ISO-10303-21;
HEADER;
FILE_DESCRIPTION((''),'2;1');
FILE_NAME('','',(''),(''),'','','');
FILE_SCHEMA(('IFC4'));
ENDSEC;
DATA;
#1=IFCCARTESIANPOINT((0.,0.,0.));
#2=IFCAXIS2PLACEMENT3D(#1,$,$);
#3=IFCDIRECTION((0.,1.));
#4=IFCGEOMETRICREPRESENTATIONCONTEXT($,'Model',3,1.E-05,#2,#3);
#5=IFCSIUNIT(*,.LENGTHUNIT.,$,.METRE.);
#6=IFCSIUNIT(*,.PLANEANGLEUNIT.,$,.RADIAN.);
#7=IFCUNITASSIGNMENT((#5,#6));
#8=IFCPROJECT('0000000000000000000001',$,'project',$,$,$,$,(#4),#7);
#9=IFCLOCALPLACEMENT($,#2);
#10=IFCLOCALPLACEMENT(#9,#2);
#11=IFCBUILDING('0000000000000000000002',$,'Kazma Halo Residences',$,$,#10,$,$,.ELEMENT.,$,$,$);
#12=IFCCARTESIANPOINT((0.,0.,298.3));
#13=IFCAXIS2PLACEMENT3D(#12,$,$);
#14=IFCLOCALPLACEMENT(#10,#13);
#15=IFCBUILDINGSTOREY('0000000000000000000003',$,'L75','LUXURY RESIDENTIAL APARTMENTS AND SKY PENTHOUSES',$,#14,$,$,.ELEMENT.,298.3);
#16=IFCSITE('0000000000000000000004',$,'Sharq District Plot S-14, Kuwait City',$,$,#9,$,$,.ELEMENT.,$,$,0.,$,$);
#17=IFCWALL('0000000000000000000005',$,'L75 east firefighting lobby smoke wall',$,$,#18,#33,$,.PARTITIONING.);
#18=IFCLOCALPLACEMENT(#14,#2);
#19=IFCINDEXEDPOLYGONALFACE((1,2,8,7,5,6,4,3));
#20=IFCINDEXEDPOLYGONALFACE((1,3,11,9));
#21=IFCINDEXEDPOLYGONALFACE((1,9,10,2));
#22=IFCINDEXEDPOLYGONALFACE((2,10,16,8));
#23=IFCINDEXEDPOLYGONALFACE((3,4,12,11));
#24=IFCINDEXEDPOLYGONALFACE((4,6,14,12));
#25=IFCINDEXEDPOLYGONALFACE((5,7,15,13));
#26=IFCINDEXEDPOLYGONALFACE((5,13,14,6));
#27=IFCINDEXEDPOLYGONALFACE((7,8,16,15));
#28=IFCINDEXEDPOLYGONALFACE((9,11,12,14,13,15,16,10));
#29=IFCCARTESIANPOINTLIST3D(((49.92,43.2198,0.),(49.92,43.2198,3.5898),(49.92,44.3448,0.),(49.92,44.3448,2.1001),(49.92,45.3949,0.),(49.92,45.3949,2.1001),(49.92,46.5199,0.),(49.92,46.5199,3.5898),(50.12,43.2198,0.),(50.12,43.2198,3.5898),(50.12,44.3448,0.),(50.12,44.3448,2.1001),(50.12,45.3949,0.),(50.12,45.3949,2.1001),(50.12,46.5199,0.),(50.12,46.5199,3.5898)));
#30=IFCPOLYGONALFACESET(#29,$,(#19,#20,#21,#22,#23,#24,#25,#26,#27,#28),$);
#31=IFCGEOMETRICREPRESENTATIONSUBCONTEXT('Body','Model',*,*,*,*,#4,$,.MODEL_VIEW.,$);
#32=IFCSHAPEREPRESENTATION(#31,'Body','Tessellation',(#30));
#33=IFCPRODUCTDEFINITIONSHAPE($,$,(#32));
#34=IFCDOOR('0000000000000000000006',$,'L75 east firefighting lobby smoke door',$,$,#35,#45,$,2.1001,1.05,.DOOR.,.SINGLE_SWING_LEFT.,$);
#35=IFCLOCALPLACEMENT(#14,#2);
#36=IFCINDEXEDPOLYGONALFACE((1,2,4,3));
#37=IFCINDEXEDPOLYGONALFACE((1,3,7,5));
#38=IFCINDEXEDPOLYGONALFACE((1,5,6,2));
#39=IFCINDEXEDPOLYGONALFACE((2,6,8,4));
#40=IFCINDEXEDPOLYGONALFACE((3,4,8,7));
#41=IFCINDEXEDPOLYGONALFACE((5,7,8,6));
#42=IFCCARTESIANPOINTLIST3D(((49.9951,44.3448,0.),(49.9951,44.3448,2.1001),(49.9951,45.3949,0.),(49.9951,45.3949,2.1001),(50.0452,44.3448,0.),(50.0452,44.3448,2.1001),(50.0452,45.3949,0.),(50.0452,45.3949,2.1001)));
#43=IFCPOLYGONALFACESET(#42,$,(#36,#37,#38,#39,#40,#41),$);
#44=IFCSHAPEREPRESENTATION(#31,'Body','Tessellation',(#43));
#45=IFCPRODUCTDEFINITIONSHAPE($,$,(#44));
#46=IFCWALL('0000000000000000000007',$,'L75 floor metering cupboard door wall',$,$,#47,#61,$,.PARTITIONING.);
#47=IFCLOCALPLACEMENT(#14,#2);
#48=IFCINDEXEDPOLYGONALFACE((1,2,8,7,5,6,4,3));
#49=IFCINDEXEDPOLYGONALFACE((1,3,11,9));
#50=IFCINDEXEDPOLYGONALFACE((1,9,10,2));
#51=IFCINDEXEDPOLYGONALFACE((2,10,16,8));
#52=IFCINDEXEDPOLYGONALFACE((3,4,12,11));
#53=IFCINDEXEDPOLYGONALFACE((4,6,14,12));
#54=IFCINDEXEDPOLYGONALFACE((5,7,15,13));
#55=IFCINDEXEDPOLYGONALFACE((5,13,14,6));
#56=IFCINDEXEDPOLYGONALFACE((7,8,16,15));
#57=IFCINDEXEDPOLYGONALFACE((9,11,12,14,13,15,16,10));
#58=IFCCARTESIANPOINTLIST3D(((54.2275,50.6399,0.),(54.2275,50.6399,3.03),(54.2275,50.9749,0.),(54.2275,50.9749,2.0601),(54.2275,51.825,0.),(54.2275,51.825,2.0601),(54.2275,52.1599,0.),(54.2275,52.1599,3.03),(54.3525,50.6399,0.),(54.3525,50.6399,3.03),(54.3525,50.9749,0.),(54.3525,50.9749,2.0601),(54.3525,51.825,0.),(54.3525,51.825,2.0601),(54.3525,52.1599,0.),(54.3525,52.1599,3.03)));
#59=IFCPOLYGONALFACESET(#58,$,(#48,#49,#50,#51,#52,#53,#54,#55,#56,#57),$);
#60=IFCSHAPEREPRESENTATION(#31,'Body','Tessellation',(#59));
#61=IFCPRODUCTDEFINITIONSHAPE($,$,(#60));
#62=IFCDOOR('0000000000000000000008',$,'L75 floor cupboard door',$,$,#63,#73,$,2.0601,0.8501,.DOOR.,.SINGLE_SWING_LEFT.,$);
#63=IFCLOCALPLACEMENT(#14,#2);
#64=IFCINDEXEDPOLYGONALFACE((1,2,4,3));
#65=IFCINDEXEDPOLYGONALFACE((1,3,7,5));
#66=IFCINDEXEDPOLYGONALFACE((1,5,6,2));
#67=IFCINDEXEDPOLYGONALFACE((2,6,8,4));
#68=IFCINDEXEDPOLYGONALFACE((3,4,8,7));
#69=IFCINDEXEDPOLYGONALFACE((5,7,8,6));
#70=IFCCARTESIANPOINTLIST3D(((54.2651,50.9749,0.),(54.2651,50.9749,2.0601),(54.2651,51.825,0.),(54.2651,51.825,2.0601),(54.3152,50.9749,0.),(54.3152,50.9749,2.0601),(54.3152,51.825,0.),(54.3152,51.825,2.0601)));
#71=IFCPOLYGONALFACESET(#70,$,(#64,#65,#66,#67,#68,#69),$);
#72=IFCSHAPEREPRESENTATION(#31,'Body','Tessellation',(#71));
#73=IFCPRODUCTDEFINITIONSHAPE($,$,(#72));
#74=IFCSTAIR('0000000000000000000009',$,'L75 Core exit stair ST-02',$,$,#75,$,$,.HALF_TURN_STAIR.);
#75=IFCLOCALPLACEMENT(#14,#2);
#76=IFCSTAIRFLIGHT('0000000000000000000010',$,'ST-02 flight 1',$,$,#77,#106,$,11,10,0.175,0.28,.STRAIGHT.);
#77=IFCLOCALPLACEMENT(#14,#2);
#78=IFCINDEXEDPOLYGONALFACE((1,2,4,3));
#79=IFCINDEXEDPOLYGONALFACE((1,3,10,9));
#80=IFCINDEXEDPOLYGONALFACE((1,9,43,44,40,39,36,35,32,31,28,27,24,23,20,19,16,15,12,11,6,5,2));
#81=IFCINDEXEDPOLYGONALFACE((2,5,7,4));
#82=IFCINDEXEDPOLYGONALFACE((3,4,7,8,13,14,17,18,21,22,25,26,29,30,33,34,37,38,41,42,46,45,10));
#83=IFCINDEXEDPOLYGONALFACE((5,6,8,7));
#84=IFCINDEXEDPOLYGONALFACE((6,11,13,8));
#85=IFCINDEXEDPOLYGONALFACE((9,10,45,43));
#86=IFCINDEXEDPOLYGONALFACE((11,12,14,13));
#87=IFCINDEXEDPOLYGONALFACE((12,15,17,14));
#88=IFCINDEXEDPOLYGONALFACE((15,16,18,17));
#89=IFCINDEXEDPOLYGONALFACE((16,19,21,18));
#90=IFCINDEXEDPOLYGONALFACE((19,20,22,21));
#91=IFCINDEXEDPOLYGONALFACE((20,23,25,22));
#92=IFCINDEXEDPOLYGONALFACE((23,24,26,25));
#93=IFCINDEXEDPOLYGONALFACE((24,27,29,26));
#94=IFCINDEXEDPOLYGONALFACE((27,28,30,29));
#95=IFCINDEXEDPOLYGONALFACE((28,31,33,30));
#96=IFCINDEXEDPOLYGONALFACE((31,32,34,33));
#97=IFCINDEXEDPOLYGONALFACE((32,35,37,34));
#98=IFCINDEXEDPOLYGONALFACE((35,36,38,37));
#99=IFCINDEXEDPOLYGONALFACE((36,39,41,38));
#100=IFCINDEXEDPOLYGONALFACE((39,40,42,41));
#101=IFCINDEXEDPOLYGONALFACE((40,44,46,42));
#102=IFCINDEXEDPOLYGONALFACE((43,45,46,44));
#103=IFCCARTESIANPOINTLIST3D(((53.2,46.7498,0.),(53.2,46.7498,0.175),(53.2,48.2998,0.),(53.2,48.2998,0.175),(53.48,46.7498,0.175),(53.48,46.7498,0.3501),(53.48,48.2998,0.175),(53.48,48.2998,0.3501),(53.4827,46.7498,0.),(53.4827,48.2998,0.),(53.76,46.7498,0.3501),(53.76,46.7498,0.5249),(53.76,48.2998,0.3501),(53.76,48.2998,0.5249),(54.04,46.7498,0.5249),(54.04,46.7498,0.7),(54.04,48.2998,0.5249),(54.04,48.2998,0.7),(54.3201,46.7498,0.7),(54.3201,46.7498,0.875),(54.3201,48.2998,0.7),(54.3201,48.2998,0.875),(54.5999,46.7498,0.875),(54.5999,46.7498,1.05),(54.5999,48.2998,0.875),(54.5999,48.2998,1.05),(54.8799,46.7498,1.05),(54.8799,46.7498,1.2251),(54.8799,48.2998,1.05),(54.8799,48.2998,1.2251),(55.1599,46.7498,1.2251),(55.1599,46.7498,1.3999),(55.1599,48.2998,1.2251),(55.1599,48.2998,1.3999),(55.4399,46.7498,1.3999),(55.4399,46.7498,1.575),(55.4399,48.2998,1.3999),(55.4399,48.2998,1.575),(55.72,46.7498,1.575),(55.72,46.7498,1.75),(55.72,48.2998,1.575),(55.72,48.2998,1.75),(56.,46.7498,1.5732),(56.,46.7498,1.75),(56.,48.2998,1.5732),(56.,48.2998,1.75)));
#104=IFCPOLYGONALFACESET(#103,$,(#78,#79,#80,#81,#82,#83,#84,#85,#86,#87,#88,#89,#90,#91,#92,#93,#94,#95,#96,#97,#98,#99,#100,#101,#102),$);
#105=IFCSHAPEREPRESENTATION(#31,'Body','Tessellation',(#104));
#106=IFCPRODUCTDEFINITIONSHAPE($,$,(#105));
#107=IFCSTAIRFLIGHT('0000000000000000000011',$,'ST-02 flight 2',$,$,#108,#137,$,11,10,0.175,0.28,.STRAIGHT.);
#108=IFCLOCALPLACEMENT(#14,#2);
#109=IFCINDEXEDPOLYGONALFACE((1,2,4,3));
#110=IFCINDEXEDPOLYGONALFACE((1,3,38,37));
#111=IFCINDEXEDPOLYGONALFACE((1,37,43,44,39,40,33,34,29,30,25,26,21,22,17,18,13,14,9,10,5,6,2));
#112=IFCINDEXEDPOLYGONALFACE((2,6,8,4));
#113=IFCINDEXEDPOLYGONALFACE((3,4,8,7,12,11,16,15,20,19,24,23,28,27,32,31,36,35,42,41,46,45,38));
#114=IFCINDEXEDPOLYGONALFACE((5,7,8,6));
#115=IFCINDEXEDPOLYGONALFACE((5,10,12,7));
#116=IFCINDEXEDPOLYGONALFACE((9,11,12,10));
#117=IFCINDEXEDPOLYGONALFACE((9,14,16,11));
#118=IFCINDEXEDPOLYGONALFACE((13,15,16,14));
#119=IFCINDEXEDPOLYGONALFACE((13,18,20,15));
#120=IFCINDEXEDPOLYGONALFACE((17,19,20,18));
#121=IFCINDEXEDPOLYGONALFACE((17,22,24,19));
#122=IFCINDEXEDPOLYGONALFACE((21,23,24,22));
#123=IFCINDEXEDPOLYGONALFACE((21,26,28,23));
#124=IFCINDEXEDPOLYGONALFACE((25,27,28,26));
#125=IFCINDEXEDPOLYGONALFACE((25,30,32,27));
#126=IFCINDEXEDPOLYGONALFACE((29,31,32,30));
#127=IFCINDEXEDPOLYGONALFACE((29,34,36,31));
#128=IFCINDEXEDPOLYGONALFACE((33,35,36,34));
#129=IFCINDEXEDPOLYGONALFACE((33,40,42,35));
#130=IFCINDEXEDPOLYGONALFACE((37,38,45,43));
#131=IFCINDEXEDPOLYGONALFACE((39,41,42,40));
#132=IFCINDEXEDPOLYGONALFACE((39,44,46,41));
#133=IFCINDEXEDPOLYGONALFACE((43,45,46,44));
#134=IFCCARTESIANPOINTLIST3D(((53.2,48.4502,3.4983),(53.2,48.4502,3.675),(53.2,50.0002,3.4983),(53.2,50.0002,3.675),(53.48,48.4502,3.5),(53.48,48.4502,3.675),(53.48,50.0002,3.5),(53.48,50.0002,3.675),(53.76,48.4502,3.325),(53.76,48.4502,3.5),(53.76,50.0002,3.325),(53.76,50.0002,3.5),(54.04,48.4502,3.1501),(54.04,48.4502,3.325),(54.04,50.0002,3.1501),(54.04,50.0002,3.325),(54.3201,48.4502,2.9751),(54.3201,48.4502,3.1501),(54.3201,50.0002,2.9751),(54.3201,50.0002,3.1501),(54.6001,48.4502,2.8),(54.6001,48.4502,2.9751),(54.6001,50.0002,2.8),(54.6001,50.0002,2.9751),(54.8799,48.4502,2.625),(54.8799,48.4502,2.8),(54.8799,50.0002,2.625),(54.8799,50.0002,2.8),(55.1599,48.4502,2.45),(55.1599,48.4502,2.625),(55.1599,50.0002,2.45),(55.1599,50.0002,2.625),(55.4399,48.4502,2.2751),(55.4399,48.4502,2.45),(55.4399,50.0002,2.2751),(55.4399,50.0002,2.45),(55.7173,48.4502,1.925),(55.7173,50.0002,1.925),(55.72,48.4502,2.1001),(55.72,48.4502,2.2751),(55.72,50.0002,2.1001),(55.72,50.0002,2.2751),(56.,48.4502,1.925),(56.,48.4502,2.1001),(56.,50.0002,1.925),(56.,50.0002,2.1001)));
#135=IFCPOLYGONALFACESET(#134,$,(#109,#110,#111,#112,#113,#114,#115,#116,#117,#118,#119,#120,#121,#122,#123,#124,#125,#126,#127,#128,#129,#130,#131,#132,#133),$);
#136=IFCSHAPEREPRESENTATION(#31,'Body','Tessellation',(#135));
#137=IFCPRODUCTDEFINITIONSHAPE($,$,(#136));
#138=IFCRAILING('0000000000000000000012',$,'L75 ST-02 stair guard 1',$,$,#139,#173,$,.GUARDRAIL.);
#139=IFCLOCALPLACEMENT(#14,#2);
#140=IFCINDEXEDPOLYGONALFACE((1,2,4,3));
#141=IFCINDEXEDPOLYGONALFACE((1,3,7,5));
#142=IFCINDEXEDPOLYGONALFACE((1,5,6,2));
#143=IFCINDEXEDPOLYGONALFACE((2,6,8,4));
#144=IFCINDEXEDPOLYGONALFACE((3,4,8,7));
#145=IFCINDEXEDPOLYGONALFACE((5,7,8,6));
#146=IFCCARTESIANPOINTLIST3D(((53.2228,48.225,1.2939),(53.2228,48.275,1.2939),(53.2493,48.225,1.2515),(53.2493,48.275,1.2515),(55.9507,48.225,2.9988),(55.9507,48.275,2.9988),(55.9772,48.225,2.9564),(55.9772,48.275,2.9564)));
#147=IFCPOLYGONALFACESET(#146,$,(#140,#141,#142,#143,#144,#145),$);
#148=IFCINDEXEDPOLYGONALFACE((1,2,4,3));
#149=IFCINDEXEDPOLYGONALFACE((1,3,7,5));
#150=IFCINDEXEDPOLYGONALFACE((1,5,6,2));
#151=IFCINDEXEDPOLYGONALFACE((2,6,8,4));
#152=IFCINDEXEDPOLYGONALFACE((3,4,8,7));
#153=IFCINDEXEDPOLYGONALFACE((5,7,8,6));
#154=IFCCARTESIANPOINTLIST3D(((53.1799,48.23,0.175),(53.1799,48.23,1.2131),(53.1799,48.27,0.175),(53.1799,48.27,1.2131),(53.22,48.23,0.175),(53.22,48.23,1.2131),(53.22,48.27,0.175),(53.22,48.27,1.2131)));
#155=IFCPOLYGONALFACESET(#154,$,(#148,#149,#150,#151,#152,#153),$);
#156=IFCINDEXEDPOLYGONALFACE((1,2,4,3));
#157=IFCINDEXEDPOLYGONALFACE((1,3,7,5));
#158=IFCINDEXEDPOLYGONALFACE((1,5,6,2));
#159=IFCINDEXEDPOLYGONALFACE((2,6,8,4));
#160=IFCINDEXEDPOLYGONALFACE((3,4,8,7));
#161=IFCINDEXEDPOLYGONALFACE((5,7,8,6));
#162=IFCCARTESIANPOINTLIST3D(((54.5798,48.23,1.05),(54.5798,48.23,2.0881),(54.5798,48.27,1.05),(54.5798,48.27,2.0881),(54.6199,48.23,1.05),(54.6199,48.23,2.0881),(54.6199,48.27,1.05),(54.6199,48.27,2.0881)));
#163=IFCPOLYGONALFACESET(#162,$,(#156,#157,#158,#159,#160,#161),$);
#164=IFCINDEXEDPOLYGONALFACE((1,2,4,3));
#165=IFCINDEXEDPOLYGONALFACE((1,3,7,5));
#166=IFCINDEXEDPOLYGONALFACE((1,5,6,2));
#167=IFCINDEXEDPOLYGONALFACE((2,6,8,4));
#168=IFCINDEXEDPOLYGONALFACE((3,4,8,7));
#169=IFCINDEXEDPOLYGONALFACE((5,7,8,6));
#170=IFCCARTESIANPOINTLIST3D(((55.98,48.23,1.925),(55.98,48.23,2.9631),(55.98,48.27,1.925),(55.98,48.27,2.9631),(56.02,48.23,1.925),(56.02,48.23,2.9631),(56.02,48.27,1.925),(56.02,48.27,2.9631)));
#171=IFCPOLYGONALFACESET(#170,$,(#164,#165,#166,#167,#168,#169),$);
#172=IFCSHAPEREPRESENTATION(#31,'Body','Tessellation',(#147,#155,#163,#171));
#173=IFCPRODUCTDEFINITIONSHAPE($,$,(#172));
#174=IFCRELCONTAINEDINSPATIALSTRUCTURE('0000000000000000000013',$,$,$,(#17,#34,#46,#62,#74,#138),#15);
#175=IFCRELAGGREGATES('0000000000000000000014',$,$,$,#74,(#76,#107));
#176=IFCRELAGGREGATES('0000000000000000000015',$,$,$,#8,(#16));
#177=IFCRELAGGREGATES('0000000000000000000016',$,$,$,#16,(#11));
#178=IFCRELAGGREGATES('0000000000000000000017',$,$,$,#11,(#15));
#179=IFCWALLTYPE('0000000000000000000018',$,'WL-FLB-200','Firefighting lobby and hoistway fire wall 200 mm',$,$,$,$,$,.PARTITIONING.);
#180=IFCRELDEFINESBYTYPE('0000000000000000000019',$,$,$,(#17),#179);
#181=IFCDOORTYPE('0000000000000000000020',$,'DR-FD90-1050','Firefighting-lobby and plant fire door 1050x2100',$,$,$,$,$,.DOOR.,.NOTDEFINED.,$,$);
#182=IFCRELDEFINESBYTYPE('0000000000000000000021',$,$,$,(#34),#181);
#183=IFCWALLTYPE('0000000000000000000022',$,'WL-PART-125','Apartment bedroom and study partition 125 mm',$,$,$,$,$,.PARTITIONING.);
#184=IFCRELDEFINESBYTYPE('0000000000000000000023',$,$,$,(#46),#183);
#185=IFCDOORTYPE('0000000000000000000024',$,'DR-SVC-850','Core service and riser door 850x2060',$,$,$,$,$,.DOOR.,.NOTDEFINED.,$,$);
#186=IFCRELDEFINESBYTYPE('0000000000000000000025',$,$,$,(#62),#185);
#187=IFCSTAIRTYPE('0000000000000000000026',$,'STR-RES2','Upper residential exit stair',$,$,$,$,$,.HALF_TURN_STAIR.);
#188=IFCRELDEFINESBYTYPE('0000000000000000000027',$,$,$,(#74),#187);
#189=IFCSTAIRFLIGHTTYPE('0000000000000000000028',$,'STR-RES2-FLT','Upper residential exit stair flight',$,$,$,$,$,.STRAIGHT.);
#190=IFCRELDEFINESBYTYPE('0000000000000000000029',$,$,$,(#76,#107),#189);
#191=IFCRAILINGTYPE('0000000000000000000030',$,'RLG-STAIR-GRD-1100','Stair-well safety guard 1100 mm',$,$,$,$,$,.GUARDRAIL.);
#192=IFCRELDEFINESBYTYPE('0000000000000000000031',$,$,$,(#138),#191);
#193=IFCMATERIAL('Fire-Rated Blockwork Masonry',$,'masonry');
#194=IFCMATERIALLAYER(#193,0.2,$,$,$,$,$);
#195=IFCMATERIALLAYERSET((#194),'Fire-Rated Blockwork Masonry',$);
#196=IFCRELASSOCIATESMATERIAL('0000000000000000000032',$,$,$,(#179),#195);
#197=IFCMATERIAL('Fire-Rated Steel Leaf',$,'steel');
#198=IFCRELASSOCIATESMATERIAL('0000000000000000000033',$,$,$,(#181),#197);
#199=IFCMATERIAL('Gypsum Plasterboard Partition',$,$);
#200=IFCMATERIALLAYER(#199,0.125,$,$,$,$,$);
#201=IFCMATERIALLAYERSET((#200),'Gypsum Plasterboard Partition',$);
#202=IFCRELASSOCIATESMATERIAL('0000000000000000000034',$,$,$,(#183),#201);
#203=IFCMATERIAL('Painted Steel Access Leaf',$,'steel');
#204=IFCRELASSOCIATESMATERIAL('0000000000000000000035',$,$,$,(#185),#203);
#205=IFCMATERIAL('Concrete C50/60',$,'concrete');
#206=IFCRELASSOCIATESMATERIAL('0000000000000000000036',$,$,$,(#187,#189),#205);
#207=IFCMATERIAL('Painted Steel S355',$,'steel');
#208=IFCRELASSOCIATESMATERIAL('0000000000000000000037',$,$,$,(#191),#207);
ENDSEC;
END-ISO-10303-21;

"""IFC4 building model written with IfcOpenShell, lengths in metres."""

from ifc_helpers import new_model, si_unit, direction, frame, frame_2d, origin, origin_2d, place, context, subcontext, project, spatial, polyline, rectangle, outline, extrude, material, layer, layer_set, type_object, element, fill, aggregate, save


model = new_model("IFC4")

# Units and contexts
model_context = context("Model", 3, precision=1e-05, world=origin(), true_north=direction((0.0, 1.0)))
body_context = subcontext(model_context, "Body", "Model", "MODEL_VIEW")
ifc_project = project(units=[si_unit("LENGTHUNIT", "METRE"), si_unit("PLANEANGLEUNIT", "RADIAN")], contexts=[model_context])

# Site, building, storey
site_placement = place(None, origin())
site = spatial("IfcSite", under=ifc_project, at=site_placement, Name="Sharq District Plot S-14, Kuwait City", CompositionType="ELEMENT", RefElevation=0.0)
building_placement = place(site_placement, origin())
building = spatial("IfcBuilding", under=site, at=building_placement, Name="Kazma Halo Residences", CompositionType="ELEMENT")
storey_placement = place(building_placement, frame((0.0, 0.0, 298.3)))
storey = spatial("IfcBuildingStorey", under=building, at=storey_placement, Name="L75", Description="LUXURY RESIDENTIAL APARTMENTS AND SKY PENTHOUSES", CompositionType="ELEMENT", Elevation=298.3)

# Shared definitions
ifc_material_1 = material(Name="Fire-Rated Blockwork Masonry", Category="masonry")
ifc_layer_1 = layer(ifc_material_1, 0.2)
ifc_layer_set_1 = layer_set([ifc_layer_1], Name="Fire-Rated Blockwork Masonry")
wall_type_1 = type_object("IfcWallType", Name="WL-FLB-200", Description="Firefighting lobby and hoistway fire wall 200 mm", PredefinedType="PARTITIONING", material=ifc_layer_set_1)

# Walls, openings, doors
wall_1_placement = place(storey_placement, frame((50.02, 43.22, 0.0), z_axis=(0.0, 0.0, 1.0), x_axis=(0.0, 1.0, 0.0)))
wall_1 = element("IfcWall", 1, at=wall_1_placement, inside=storey, type_object=wall_type_1, Name="L75 east firefighting lobby smoke wall", PredefinedType="PARTITIONING", context=body_context, shape_type="SweptSolid", body=[
    extrude(rectangle(XDim=3.3, YDim=0.2, at=frame_2d((1.6499, 0.0))), origin(), (0.0, 0.0, 1.0), 3.5898),
])
opening_1_placement = place(wall_1_placement, frame((1.125, 0.0, 0.0)))
opening_1 = element("IfcOpeningElement", 2, at=opening_1_placement, cuts=wall_1, PredefinedType="OPENING", context=body_context, shape_type="SweptSolid", body=[
    extrude(rectangle(XDim=1.05, YDim=2.1001, at=frame_2d((0.5249, 1.05))), frame((0.0, 0.1099, 0.0), z_axis=(0.0, -1.0, 0.0), x_axis=(1.0, 0.0, 0.0)), (0.0, 0.0, 1.0), 0.22),
])
ifc_material_2 = material(Name="Fire-Rated Steel Leaf", Category="steel")
door_type_1 = type_object("IfcDoorType", Name="DR-FD90-1050", Description="Firefighting-lobby and plant fire door 1050x2100", OperationType="NOTDEFINED", PredefinedType="DOOR", material=ifc_material_2)
door_1_placement = place(opening_1_placement, origin())
door_1 = element("IfcDoor", 3, at=door_1_placement, inside=storey, type_object=door_type_1, Name="L75 east firefighting lobby smoke door", OperationType="SINGLE_SWING_LEFT", OverallHeight=2.1001, OverallWidth=1.05, PredefinedType="DOOR", context=body_context, shape_type="SweptSolid", body=[
    extrude(rectangle(XDim=1.05, YDim=2.1001, at=frame_2d((0.5249, 1.05))), frame((0.0, 0.0249, 0.0), z_axis=(0.0, -1.0, 0.0), x_axis=(1.0, 0.0, 0.0)), (0.0, 0.0, 1.0), 0.05),
])
fill(opening_1, door_1)
ifc_material_3 = material(Name="Gypsum Plasterboard Partition")
ifc_layer_2 = layer(ifc_material_3, 0.125)
ifc_layer_set_2 = layer_set([ifc_layer_2], Name="Gypsum Plasterboard Partition")
wall_type_2 = type_object("IfcWallType", Name="WL-PART-125", Description="Apartment bedroom and study partition 125 mm", PredefinedType="PARTITIONING", material=ifc_layer_set_2)
wall_2_placement = place(storey_placement, frame((54.29, 50.6399, 0.0), z_axis=(0.0, 0.0, 1.0), x_axis=(0.0, 1.0, 0.0)))
wall_2 = element("IfcWall", 4, at=wall_2_placement, inside=storey, type_object=wall_type_2, Name="L75 floor metering cupboard door wall", PredefinedType="PARTITIONING", context=body_context, shape_type="SweptSolid", body=[
    extrude(rectangle(XDim=1.52, YDim=0.125, at=frame_2d((0.76, 0.0))), origin(), (0.0, 0.0, 1.0), 3.03),
])
opening_2_placement = place(wall_2_placement, frame((0.335, 0.0, 0.0)))
opening_2 = element("IfcOpeningElement", 5, at=opening_2_placement, cuts=wall_2, PredefinedType="OPENING", context=body_context, shape_type="SweptSolid", body=[
    extrude(rectangle(XDim=0.8501, YDim=2.0601, at=frame_2d((0.425, 1.03))), frame((0.0, 0.0725, 0.0), z_axis=(0.0, -1.0, 0.0), x_axis=(1.0, 0.0, 0.0)), (0.0, 0.0, 1.0), 0.145),
])
ifc_material_4 = material(Name="Painted Steel Access Leaf", Category="steel")
door_type_2 = type_object("IfcDoorType", Name="DR-SVC-850", Description="Core service and riser door 850x2060", OperationType="NOTDEFINED", PredefinedType="DOOR", material=ifc_material_4)
door_2_placement = place(opening_2_placement, origin())
door_2 = element("IfcDoor", 6, at=door_2_placement, inside=storey, type_object=door_type_2, Name="L75 floor cupboard door", OperationType="SINGLE_SWING_LEFT", OverallHeight=2.0601, OverallWidth=0.8501, PredefinedType="DOOR", context=body_context, shape_type="SweptSolid", body=[
    extrude(rectangle(XDim=0.8501, YDim=2.0601, at=frame_2d((0.425, 1.03))), frame((0.0, 0.0249, 0.0), z_axis=(0.0, -1.0, 0.0), x_axis=(1.0, 0.0, 0.0)), (0.0, 0.0, 1.0), 0.05),
])
fill(opening_2, door_2)
ifc_material_5 = material(Name="Concrete C50/60", Category="concrete")

# Stair, stair flights
stair_type = type_object("IfcStairType", Name="STR-RES2", Description="Upper residential exit stair", PredefinedType="HALF_TURN_STAIR", material=ifc_material_5)
stair_placement = place(storey_placement, origin())
stair = element("IfcStair", 7, at=stair_placement, inside=storey, type_object=stair_type, Name="L75 Core exit stair ST-02", PredefinedType="HALF_TURN_STAIR")
stair_flight_type = type_object("IfcStairFlightType", Name="STR-RES2-FLT", Description="Upper residential exit stair flight", PredefinedType="STRAIGHT", material=ifc_material_5)
stair_flight_1_placement = place(storey_placement, frame((53.2, 47.5249, 0.0), z_axis=(0.0, 0.0, 1.0), x_axis=(1.0, 0.0, 0.0)))
stair_flight_1 = element("IfcStairFlight", 8, at=stair_flight_1_placement, type_object=stair_flight_type, Name="ST-02 flight 1", NumberOfRisers=11, NumberOfTreads=10, PredefinedType="STRAIGHT", RiserHeight=0.175, TreadLength=0.28, context=body_context, shape_type="SweptSolid", body=[
    extrude(outline(polyline([(0.0, 0.0), (0.0, 0.175), (0.28, 0.175), (0.28, 0.3501), (0.5601, 0.3501), (0.5601, 0.5249), (0.8401, 0.5249), (0.8401, 0.7), (1.1201, 0.7), (1.1201, 0.875), (1.3999, 0.875), (1.3999, 1.05), (1.6799, 1.05), (1.6799, 1.2251), (1.96, 1.2251), (1.96, 1.3999), (2.24, 1.3999), (2.24, 1.575), (2.52, 1.575), (2.52, 1.75), (2.8, 1.75), (2.8, 1.925), (2.8, 1.5732), (0.2827, 0.0), (0.0, 0.0)])), frame((0.0, 0.7749, 0.0), z_axis=(0.0, -1.0, 0.0), x_axis=(1.0, 0.0, 0.0)), (0.0, 0.0, 1.0), 1.55),
])
stair_flight_2_placement = place(storey_placement, frame((56.0, 49.2251, 1.925), z_axis=(0.0, 0.0, 1.0), x_axis=(-1.0, 0.0, 0.0)))
stair_flight_2 = element("IfcStairFlight", 9, at=stair_flight_2_placement, type_object=stair_flight_type, Name="ST-02 flight 2", NumberOfRisers=11, NumberOfTreads=10, PredefinedType="STRAIGHT", RiserHeight=0.175, TreadLength=0.28, context=body_context, shape_type="SweptSolid", body=[
    extrude(outline(polyline([(0.0, 0.0), (0.0, 0.175), (0.28, 0.175), (0.28, 0.3501), (0.5601, 0.3501), (0.5601, 0.5249), (0.8401, 0.5249), (0.8401, 0.7), (1.1201, 0.7), (1.1201, 0.875), (1.3999, 0.875), (1.3999, 1.05), (1.6799, 1.05), (1.6799, 1.2251), (1.96, 1.2251), (1.96, 1.3999), (2.24, 1.3999), (2.24, 1.575), (2.52, 1.575), (2.52, 1.75), (2.8, 1.75), (2.8, 1.925), (2.8, 1.5732), (0.2827, 0.0), (0.0, 0.0)])), frame((0.0, 0.7749, 0.0), z_axis=(0.0, -1.0, 0.0), x_axis=(1.0, 0.0, 0.0)), (0.0, 0.0, 1.0), 1.55),
])
aggregate(stair, [stair_flight_1, stair_flight_2])

# Railing
ifc_material_6 = material(Name="Painted Steel S355", Category="steel")
railing_type_1 = type_object("IfcRailingType", Name="RLG-STAIR-GRD-1100", Description="Stair-well safety guard 1100 mm", PredefinedType="GUARDRAIL", material=ifc_material_6)
railing_1_placement = place(storey_placement, frame((53.2, 48.25, 0.175)))
element("IfcRailing", 10, at=railing_1_placement, inside=storey, type_object=railing_type_1, Name="L75 ST-02 stair guard 1", PredefinedType="GUARDRAIL", context=body_context, shape_type="SweptSolid", body=[
    extrude(rectangle(XDim=0.05, YDim=0.05, at=origin_2d()), frame((0.0361, 0.0, 1.0977), z_axis=(0.848002, 0.0, 0.529992), x_axis=(0.0, 1.0, 0.0)), (0.0, 0.0, 1.0), 3.2168),
    extrude(rectangle(XDim=0.04, YDim=0.04, at=origin_2d()), origin(), (0.0, 0.0, 1.0), 1.0381),
    extrude(rectangle(XDim=0.04, YDim=0.04, at=origin_2d()), frame((1.3999, 0.0, 0.875)), (0.0, 0.0, 1.0), 1.0381),
    extrude(rectangle(XDim=0.04, YDim=0.04, at=origin_2d()), frame((2.8, 0.0, 1.75)), (0.0, 0.0, 1.0), 1.0381),
])

save(model, "model.ifc")
